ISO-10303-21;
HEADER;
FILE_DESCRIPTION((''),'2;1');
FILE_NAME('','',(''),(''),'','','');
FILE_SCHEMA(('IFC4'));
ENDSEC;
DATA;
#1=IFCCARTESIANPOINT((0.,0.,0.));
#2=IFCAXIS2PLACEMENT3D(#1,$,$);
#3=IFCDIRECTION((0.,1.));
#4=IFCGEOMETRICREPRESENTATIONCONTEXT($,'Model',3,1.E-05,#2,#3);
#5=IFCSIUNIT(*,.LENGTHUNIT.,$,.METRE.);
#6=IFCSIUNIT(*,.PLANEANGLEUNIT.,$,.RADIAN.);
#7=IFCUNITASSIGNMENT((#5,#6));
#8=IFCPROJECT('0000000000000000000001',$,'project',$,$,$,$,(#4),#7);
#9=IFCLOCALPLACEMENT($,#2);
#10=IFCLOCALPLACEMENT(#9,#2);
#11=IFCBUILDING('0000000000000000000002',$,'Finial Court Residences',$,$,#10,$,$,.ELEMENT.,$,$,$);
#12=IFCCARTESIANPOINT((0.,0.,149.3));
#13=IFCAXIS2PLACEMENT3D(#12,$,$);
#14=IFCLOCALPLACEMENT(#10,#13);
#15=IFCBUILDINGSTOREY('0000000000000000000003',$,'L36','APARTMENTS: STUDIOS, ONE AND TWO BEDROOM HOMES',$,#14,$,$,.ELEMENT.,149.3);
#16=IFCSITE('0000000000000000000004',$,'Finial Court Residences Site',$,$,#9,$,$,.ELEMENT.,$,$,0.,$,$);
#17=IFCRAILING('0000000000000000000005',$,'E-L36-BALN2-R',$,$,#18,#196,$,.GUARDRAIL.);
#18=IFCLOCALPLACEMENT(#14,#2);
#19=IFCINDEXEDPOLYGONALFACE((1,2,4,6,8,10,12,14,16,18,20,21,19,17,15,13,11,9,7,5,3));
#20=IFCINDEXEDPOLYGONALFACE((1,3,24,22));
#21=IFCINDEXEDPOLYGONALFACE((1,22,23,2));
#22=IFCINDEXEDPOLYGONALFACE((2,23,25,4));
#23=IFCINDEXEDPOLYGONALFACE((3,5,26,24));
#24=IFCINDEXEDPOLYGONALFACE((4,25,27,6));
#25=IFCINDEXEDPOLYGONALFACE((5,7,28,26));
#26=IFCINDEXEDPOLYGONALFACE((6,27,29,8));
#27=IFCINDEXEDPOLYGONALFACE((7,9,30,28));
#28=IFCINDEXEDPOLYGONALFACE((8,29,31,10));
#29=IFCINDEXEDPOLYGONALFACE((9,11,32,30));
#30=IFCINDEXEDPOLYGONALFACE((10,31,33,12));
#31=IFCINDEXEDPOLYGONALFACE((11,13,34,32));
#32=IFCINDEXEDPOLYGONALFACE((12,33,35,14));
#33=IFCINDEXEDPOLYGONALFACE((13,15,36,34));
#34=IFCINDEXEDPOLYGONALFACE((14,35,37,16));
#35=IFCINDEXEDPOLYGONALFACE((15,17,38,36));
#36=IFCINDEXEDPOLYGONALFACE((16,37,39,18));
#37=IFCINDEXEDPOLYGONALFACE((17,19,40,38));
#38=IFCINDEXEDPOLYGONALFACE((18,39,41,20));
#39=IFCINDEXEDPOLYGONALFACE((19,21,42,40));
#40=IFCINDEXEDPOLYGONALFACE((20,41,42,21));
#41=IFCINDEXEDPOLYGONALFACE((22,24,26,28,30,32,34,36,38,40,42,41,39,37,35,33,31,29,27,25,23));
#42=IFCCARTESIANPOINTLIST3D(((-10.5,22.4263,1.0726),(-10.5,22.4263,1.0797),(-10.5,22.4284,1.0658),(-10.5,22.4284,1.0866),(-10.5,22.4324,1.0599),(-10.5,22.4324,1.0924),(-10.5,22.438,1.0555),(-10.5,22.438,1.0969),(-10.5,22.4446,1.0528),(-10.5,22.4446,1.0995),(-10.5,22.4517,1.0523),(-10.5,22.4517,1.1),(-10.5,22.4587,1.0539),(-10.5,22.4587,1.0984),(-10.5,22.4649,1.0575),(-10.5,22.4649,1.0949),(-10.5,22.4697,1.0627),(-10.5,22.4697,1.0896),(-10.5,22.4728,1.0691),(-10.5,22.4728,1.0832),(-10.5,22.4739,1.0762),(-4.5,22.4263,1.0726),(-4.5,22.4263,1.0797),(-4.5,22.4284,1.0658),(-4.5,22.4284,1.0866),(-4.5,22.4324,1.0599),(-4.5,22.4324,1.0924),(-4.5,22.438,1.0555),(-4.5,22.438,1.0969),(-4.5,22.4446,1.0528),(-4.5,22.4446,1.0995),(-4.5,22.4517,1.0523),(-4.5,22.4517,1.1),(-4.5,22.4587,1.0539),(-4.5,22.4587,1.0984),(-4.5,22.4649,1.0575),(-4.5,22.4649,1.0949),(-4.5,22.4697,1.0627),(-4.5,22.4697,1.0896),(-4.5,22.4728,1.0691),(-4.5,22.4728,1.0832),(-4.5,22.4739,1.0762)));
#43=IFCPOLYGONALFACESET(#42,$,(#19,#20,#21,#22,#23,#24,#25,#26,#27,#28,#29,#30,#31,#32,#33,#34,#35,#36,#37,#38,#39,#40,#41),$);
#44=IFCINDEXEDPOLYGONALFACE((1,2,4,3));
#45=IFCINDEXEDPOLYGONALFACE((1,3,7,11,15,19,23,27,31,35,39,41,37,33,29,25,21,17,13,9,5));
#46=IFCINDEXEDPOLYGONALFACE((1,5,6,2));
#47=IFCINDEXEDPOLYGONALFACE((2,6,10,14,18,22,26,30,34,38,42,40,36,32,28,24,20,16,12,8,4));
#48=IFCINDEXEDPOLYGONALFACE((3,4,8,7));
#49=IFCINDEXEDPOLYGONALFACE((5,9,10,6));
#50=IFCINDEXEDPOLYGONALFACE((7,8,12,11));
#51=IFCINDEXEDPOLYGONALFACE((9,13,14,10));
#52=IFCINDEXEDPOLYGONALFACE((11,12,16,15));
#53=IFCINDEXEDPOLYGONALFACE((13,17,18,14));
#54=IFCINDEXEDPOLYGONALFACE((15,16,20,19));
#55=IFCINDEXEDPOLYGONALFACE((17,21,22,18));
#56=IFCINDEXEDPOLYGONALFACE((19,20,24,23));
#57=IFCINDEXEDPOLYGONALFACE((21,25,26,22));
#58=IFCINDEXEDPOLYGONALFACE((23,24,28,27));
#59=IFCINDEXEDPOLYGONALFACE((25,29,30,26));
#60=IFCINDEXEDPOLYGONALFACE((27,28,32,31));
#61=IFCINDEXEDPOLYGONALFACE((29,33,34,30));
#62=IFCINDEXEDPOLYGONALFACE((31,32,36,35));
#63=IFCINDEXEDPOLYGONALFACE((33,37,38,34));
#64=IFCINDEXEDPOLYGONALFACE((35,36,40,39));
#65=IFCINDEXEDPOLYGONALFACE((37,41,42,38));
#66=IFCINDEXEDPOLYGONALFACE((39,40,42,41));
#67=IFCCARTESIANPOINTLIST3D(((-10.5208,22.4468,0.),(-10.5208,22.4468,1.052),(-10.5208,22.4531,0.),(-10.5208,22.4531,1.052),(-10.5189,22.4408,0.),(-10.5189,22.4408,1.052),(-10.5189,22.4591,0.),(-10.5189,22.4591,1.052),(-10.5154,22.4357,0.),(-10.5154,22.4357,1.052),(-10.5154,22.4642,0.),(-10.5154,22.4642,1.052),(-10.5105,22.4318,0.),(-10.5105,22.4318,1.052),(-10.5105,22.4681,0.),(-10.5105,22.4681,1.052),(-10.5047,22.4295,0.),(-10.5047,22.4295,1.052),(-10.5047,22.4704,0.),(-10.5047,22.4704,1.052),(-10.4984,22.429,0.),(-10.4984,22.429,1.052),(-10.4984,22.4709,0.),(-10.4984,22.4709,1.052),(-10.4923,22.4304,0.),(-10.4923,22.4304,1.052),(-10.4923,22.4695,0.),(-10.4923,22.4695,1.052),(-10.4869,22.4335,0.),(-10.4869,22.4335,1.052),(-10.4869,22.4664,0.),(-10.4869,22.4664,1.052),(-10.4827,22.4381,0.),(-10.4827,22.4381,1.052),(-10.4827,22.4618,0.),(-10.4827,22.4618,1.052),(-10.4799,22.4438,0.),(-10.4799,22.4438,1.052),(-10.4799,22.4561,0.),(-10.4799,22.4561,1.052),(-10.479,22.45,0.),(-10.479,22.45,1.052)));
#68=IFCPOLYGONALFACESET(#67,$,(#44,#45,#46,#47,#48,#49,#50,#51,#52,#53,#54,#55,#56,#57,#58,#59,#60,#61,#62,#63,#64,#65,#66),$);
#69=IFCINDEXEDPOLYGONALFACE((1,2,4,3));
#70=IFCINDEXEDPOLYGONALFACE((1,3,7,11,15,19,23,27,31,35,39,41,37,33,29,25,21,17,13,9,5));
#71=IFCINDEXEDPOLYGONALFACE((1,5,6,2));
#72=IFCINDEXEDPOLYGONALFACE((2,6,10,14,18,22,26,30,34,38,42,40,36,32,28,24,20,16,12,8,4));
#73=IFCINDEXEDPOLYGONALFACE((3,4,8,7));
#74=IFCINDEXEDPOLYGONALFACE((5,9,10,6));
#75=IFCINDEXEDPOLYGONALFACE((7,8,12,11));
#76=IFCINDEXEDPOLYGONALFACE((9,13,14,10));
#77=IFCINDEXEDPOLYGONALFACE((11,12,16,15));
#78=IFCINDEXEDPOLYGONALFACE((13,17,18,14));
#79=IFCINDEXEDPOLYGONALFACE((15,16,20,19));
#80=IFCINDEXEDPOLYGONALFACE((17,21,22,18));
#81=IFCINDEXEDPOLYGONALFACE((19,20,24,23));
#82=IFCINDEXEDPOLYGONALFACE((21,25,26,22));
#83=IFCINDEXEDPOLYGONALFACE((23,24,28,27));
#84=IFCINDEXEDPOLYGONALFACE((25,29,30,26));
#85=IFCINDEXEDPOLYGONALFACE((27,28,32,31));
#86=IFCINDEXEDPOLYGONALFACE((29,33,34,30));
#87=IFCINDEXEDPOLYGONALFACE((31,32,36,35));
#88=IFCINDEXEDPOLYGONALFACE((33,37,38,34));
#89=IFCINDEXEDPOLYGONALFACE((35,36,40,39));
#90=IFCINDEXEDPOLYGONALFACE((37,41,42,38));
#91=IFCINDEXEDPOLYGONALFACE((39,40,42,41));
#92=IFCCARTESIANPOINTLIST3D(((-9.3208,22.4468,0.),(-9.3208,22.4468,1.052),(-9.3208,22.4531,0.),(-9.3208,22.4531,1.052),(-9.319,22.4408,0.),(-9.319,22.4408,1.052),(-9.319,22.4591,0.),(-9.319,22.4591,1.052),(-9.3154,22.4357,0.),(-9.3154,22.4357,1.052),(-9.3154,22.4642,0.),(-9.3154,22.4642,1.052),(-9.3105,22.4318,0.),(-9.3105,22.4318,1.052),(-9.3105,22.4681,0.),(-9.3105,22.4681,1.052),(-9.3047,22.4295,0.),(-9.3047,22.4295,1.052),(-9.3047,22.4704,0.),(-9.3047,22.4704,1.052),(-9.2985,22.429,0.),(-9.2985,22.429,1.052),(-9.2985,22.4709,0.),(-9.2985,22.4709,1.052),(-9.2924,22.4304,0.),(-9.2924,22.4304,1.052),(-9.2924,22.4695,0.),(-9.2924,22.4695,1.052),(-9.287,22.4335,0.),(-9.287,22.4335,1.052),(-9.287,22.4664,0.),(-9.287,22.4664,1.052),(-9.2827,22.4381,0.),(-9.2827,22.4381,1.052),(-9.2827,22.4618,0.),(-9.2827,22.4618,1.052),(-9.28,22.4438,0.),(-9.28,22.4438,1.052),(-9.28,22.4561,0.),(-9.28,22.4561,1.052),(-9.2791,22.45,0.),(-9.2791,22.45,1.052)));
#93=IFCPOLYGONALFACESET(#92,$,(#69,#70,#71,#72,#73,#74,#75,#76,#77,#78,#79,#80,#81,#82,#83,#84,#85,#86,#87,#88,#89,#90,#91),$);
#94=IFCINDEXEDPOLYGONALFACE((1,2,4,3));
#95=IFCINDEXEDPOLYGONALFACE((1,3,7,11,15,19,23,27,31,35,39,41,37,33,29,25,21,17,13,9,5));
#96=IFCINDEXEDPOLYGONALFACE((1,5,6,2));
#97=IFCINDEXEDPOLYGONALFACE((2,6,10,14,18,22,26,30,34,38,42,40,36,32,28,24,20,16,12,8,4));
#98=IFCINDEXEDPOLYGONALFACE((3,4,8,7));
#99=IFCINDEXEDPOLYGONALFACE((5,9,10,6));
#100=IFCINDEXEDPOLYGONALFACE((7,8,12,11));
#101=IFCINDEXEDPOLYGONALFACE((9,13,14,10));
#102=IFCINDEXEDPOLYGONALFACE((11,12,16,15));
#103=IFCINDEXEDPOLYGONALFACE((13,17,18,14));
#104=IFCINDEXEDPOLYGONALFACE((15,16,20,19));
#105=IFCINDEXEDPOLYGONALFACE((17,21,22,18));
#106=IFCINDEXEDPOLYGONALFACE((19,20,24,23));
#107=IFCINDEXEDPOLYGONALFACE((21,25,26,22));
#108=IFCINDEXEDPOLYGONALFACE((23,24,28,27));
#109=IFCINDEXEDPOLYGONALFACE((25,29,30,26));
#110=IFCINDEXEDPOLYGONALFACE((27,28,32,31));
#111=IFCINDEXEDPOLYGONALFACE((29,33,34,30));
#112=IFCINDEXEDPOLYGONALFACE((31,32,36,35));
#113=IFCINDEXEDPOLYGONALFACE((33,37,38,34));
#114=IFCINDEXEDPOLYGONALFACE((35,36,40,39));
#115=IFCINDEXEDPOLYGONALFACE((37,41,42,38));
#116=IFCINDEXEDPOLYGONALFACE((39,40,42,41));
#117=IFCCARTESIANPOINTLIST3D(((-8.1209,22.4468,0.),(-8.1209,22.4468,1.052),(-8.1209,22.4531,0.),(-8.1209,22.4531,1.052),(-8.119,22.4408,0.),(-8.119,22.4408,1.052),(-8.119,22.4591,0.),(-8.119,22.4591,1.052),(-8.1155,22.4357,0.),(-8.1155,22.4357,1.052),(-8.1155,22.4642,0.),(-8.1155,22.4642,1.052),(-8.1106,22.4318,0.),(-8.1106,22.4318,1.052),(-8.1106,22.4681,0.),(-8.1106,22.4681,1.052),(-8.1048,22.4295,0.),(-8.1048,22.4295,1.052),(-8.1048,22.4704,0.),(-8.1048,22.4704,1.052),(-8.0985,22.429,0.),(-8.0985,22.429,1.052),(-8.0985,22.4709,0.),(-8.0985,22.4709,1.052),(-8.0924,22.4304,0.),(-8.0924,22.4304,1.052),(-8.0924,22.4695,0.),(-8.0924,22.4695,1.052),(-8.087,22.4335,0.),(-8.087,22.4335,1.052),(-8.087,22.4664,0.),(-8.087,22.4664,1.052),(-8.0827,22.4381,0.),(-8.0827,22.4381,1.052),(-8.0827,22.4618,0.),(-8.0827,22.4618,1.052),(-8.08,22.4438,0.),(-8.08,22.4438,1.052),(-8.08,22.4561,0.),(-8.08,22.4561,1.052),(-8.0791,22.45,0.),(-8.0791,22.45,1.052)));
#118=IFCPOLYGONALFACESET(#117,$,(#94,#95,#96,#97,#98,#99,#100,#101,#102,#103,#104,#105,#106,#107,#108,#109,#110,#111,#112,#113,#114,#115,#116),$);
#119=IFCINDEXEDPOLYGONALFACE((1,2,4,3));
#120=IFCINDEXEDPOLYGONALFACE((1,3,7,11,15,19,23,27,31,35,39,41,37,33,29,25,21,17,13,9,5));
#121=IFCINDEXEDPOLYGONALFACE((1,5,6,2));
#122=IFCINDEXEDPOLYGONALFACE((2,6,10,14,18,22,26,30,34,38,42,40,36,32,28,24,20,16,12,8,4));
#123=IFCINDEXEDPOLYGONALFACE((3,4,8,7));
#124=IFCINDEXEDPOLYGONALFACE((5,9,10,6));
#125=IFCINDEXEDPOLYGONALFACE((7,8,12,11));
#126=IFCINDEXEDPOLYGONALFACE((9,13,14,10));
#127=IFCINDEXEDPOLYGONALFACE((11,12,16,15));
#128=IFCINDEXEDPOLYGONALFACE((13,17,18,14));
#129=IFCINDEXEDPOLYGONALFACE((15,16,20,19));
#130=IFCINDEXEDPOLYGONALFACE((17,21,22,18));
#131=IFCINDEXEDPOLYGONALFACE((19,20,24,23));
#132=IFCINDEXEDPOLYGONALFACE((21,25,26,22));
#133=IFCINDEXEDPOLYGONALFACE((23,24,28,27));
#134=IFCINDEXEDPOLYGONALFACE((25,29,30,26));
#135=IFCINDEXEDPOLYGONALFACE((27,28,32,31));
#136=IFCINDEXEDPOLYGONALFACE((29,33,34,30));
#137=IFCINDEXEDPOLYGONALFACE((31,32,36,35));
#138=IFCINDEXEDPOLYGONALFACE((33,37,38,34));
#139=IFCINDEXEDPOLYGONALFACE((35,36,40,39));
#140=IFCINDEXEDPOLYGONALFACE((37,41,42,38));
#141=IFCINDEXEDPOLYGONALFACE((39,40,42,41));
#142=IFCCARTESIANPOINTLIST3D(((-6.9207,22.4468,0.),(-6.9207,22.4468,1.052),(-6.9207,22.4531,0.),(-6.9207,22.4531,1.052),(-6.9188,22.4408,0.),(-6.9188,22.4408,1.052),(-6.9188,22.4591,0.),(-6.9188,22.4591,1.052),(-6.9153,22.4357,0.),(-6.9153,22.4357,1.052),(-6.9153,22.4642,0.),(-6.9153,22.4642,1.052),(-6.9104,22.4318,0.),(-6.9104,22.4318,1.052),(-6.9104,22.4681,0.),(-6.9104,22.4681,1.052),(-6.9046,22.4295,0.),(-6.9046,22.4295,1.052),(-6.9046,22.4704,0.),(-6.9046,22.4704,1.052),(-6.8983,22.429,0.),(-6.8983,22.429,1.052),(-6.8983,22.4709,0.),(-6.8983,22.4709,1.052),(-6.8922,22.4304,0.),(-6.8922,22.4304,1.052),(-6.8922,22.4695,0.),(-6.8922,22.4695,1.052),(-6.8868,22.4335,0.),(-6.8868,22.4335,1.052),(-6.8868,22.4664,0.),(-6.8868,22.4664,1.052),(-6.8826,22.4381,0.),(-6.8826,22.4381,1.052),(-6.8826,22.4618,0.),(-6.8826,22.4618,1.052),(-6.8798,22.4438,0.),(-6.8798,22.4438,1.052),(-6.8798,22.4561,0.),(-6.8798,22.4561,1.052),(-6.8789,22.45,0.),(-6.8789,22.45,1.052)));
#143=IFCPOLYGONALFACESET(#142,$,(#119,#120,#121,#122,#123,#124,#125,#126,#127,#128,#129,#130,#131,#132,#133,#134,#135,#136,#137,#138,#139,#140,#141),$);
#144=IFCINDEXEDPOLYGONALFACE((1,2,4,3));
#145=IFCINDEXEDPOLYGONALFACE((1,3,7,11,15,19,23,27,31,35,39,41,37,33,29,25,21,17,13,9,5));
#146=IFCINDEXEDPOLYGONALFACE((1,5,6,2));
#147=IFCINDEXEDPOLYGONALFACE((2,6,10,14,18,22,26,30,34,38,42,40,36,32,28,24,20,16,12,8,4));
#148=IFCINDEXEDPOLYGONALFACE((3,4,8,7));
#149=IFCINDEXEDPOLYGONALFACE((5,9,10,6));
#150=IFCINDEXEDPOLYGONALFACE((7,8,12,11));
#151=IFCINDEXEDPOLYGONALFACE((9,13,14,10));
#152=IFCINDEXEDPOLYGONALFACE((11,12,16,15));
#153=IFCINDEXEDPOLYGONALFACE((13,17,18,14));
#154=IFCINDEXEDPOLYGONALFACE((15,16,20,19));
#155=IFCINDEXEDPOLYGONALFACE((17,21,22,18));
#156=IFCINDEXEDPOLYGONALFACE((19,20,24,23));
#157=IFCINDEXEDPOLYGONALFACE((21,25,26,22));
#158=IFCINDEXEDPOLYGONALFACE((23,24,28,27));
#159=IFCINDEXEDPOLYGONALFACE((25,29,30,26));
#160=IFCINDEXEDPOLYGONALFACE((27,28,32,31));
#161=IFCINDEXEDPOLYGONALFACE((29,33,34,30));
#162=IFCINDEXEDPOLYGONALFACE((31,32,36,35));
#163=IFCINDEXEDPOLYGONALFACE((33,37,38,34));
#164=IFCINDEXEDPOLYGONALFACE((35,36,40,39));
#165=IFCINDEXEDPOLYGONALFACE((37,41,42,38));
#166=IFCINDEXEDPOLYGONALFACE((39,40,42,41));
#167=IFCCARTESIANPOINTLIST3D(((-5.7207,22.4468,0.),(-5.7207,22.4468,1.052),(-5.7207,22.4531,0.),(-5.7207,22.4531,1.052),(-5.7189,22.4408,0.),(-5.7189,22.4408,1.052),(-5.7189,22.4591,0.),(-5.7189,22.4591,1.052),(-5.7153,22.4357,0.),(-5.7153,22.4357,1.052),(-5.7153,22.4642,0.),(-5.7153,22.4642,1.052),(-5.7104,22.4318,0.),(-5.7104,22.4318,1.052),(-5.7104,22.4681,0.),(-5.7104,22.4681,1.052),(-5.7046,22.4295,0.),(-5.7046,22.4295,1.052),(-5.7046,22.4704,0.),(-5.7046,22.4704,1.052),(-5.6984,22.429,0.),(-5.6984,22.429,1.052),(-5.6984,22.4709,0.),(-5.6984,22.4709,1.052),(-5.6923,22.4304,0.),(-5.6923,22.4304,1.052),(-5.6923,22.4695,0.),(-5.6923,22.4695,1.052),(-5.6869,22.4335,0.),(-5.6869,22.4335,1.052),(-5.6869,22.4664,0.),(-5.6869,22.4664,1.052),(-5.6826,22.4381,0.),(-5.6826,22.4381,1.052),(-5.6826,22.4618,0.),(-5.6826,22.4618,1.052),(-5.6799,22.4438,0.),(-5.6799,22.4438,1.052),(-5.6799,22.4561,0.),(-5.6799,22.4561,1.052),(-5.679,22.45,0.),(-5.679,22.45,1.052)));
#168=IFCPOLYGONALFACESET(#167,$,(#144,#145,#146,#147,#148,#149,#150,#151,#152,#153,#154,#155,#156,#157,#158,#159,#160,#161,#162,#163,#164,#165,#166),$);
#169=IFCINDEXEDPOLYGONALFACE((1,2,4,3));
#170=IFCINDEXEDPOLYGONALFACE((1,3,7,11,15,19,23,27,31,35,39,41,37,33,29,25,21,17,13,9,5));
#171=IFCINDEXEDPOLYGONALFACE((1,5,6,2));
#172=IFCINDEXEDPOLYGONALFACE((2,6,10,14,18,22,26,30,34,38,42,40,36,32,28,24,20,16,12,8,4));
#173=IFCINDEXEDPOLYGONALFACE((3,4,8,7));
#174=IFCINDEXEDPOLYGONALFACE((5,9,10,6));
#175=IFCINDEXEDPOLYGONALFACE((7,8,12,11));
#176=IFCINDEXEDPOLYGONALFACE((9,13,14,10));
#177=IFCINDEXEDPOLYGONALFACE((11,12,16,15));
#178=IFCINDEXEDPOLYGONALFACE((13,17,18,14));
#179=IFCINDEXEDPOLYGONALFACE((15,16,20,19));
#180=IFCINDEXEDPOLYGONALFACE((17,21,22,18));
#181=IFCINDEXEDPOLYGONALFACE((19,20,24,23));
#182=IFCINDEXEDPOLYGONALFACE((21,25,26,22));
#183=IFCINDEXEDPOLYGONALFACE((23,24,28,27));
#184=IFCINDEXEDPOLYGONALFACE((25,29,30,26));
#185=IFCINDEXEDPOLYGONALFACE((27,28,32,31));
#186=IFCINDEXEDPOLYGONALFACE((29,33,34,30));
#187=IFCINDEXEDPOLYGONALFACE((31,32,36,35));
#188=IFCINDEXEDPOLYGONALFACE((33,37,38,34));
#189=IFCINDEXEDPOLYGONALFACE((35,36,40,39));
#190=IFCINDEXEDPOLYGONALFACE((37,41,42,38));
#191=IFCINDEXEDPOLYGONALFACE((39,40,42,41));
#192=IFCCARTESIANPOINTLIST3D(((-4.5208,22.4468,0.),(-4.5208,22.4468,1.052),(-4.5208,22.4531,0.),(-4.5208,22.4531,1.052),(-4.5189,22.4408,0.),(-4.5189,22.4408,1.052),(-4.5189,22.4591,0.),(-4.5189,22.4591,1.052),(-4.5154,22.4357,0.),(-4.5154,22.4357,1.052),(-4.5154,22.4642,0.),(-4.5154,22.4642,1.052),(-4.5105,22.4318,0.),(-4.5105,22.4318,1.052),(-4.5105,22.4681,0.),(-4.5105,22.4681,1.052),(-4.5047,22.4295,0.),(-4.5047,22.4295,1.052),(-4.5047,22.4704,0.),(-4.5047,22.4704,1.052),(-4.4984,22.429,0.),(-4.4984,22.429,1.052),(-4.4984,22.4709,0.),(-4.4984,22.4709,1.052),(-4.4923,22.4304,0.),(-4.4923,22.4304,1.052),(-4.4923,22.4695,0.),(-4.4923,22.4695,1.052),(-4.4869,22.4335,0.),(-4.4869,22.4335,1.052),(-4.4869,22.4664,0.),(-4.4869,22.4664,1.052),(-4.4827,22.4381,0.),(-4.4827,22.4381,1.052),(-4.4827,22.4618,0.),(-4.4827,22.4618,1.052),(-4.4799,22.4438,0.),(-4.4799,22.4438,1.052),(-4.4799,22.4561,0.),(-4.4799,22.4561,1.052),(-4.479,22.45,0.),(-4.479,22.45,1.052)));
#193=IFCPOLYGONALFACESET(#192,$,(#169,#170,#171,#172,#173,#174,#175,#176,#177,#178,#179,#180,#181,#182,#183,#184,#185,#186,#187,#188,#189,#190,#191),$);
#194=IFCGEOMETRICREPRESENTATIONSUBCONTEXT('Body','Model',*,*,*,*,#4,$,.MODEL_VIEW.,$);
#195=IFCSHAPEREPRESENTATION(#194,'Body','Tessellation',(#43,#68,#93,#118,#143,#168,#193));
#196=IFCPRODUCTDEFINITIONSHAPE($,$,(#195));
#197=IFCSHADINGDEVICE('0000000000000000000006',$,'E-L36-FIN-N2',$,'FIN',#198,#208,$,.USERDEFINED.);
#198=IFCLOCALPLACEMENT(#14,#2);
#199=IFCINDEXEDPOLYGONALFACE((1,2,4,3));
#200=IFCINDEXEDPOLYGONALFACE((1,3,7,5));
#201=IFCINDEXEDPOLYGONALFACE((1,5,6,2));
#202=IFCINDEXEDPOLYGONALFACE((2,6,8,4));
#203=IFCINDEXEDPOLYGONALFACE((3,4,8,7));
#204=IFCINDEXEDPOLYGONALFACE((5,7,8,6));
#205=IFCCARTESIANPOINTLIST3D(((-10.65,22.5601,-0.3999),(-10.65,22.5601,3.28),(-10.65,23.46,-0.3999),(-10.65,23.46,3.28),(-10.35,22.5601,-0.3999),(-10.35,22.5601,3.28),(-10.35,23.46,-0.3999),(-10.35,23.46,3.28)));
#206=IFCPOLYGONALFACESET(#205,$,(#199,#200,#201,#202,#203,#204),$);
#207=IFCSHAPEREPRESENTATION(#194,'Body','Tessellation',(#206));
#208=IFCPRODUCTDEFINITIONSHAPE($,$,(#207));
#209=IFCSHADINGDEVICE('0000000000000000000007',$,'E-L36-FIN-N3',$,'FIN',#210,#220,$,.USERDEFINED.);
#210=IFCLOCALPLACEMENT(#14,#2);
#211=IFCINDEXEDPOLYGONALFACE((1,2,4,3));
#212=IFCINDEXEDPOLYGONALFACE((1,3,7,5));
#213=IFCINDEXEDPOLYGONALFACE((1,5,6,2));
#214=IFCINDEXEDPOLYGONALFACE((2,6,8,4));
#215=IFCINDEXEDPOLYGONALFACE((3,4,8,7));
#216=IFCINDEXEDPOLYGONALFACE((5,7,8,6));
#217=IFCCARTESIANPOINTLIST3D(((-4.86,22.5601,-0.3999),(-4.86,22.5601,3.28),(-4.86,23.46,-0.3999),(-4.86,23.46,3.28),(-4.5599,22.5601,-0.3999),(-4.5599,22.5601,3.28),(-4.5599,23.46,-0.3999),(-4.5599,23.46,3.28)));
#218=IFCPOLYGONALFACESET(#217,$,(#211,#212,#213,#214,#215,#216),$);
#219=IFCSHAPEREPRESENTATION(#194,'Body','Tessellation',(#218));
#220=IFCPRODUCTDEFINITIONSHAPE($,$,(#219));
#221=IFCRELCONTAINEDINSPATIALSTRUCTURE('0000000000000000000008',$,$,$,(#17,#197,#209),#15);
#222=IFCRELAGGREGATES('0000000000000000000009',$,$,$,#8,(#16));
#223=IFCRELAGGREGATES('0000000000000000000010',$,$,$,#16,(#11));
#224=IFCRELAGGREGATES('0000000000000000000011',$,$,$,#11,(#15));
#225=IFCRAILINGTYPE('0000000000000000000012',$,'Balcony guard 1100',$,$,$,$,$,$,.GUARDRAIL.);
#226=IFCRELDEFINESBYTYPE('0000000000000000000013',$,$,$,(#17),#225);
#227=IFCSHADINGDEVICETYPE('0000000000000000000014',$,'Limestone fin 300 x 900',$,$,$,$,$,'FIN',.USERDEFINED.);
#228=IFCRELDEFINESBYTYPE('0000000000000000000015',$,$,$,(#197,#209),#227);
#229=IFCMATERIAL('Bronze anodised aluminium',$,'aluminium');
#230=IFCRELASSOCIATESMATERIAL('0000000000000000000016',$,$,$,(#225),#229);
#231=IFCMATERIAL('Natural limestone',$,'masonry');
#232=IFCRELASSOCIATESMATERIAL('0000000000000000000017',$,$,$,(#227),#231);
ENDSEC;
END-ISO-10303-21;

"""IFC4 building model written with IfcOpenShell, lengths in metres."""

from ifc_helpers import new_model, si_unit, direction, frame, origin, origin_2d, place, context, subcontext, project, spatial, rectangle, circle, extrude, material, type_object, element, save


model = new_model("IFC4")

# Units and contexts
model_context = context("Model", 3, precision=1e-05, world=origin(), true_north=direction((0.0, 1.0)))
body_context = subcontext(model_context, "Body", "Model", "MODEL_VIEW")
ifc_project = project(units=[si_unit("LENGTHUNIT", "METRE"), si_unit("PLANEANGLEUNIT", "RADIAN")], contexts=[model_context])

# Site, building, storey
site_placement = place(None, origin())
site = spatial("IfcSite", under=ifc_project, at=site_placement, Name="Finial Court Residences Site", CompositionType="ELEMENT", RefElevation=0.0)
building_placement = place(site_placement, origin())
building = spatial("IfcBuilding", under=site, at=building_placement, Name="Finial Court Residences", CompositionType="ELEMENT")
storey_placement = place(building_placement, frame((0.0, 0.0, 149.3)))
storey = spatial("IfcBuildingStorey", under=building, at=storey_placement, Name="L36", Description="APARTMENTS: STUDIOS, ONE AND TWO BEDROOM HOMES", CompositionType="ELEMENT", Elevation=149.3)

# Shared definitions
ifc_material_1 = material(Name="Bronze anodised aluminium", Category="aluminium")

# Shared definitions
ifc_material_2 = material(Name="Natural limestone", Category="masonry")

# Railing
railing_type = type_object("IfcRailingType", Name="Balcony guard 1100", PredefinedType="GUARDRAIL", material=ifc_material_1)
railing_placement = place(storey_placement, frame((-10.5, 22.45, 0.0)))
element("IfcRailing", 1, at=railing_placement, inside=storey, type_object=railing_type, Name="E-L36-BALN2-R", PredefinedType="GUARDRAIL", context=body_context, shape_type="SweptSolid", body=[
    extrude(circle(Radius=0.0239, at=origin_2d()), frame((0.0, 0.0, 1.0762), z_axis=(1.0, 0.0, 0.0), x_axis=(0.0, 1.0, 0.0)), (0.0, 0.0, 1.0), 6.0),
    extrude(circle(Radius=0.021, at=origin_2d()), origin(), (0.0, 0.0, 1.0), 1.052),
    extrude(circle(Radius=0.021, at=origin_2d()), frame((1.2, 0.0, 0.0)), (0.0, 0.0, 1.0), 1.052),
    extrude(circle(Radius=0.021, at=origin_2d()), frame((2.3999, 0.0, 0.0)), (0.0, 0.0, 1.0), 1.052),
    extrude(circle(Radius=0.021, at=origin_2d()), frame((3.6001, 0.0, 0.0)), (0.0, 0.0, 1.0), 1.052),
    extrude(circle(Radius=0.021, at=origin_2d()), frame((4.8, 0.0, 0.0)), (0.0, 0.0, 1.0), 1.052),
    extrude(circle(Radius=0.021, at=origin_2d()), frame((6.0, 0.0, 0.0)), (0.0, 0.0, 1.0), 1.052),
])

# Shading devices
shading_device_type = type_object("IfcShadingDeviceType", Name="Limestone fin 300 x 900", ElementType="FIN", PredefinedType="USERDEFINED", material=ifc_material_2)
for number, where, z_axis, x_axis, name in (
    (2, (-10.5, 23.01, -0.3999), (0.0, 0.0, 1.0), (1.0, 0.0, 0.0), "E-L36-FIN-N2"),
    (3, (-4.71, 23.01, -0.3999), (0.0, 0.0, 1.0), (1.0, 0.0, 0.0), "E-L36-FIN-N3"),
):
    element("IfcShadingDevice", number, at=place(storey_placement, frame(where, z_axis=z_axis, x_axis=x_axis)), inside=storey, type_object=shading_device_type, Name=name, ObjectType="FIN", PredefinedType="USERDEFINED", context=body_context, shape_type="SweptSolid", body=[
        extrude(rectangle(XDim=0.3, YDim=0.8999, at=origin_2d()), origin(), (0.0, 0.0, 1.0), 3.6799),
    ])

save(model, "model.ifc")
